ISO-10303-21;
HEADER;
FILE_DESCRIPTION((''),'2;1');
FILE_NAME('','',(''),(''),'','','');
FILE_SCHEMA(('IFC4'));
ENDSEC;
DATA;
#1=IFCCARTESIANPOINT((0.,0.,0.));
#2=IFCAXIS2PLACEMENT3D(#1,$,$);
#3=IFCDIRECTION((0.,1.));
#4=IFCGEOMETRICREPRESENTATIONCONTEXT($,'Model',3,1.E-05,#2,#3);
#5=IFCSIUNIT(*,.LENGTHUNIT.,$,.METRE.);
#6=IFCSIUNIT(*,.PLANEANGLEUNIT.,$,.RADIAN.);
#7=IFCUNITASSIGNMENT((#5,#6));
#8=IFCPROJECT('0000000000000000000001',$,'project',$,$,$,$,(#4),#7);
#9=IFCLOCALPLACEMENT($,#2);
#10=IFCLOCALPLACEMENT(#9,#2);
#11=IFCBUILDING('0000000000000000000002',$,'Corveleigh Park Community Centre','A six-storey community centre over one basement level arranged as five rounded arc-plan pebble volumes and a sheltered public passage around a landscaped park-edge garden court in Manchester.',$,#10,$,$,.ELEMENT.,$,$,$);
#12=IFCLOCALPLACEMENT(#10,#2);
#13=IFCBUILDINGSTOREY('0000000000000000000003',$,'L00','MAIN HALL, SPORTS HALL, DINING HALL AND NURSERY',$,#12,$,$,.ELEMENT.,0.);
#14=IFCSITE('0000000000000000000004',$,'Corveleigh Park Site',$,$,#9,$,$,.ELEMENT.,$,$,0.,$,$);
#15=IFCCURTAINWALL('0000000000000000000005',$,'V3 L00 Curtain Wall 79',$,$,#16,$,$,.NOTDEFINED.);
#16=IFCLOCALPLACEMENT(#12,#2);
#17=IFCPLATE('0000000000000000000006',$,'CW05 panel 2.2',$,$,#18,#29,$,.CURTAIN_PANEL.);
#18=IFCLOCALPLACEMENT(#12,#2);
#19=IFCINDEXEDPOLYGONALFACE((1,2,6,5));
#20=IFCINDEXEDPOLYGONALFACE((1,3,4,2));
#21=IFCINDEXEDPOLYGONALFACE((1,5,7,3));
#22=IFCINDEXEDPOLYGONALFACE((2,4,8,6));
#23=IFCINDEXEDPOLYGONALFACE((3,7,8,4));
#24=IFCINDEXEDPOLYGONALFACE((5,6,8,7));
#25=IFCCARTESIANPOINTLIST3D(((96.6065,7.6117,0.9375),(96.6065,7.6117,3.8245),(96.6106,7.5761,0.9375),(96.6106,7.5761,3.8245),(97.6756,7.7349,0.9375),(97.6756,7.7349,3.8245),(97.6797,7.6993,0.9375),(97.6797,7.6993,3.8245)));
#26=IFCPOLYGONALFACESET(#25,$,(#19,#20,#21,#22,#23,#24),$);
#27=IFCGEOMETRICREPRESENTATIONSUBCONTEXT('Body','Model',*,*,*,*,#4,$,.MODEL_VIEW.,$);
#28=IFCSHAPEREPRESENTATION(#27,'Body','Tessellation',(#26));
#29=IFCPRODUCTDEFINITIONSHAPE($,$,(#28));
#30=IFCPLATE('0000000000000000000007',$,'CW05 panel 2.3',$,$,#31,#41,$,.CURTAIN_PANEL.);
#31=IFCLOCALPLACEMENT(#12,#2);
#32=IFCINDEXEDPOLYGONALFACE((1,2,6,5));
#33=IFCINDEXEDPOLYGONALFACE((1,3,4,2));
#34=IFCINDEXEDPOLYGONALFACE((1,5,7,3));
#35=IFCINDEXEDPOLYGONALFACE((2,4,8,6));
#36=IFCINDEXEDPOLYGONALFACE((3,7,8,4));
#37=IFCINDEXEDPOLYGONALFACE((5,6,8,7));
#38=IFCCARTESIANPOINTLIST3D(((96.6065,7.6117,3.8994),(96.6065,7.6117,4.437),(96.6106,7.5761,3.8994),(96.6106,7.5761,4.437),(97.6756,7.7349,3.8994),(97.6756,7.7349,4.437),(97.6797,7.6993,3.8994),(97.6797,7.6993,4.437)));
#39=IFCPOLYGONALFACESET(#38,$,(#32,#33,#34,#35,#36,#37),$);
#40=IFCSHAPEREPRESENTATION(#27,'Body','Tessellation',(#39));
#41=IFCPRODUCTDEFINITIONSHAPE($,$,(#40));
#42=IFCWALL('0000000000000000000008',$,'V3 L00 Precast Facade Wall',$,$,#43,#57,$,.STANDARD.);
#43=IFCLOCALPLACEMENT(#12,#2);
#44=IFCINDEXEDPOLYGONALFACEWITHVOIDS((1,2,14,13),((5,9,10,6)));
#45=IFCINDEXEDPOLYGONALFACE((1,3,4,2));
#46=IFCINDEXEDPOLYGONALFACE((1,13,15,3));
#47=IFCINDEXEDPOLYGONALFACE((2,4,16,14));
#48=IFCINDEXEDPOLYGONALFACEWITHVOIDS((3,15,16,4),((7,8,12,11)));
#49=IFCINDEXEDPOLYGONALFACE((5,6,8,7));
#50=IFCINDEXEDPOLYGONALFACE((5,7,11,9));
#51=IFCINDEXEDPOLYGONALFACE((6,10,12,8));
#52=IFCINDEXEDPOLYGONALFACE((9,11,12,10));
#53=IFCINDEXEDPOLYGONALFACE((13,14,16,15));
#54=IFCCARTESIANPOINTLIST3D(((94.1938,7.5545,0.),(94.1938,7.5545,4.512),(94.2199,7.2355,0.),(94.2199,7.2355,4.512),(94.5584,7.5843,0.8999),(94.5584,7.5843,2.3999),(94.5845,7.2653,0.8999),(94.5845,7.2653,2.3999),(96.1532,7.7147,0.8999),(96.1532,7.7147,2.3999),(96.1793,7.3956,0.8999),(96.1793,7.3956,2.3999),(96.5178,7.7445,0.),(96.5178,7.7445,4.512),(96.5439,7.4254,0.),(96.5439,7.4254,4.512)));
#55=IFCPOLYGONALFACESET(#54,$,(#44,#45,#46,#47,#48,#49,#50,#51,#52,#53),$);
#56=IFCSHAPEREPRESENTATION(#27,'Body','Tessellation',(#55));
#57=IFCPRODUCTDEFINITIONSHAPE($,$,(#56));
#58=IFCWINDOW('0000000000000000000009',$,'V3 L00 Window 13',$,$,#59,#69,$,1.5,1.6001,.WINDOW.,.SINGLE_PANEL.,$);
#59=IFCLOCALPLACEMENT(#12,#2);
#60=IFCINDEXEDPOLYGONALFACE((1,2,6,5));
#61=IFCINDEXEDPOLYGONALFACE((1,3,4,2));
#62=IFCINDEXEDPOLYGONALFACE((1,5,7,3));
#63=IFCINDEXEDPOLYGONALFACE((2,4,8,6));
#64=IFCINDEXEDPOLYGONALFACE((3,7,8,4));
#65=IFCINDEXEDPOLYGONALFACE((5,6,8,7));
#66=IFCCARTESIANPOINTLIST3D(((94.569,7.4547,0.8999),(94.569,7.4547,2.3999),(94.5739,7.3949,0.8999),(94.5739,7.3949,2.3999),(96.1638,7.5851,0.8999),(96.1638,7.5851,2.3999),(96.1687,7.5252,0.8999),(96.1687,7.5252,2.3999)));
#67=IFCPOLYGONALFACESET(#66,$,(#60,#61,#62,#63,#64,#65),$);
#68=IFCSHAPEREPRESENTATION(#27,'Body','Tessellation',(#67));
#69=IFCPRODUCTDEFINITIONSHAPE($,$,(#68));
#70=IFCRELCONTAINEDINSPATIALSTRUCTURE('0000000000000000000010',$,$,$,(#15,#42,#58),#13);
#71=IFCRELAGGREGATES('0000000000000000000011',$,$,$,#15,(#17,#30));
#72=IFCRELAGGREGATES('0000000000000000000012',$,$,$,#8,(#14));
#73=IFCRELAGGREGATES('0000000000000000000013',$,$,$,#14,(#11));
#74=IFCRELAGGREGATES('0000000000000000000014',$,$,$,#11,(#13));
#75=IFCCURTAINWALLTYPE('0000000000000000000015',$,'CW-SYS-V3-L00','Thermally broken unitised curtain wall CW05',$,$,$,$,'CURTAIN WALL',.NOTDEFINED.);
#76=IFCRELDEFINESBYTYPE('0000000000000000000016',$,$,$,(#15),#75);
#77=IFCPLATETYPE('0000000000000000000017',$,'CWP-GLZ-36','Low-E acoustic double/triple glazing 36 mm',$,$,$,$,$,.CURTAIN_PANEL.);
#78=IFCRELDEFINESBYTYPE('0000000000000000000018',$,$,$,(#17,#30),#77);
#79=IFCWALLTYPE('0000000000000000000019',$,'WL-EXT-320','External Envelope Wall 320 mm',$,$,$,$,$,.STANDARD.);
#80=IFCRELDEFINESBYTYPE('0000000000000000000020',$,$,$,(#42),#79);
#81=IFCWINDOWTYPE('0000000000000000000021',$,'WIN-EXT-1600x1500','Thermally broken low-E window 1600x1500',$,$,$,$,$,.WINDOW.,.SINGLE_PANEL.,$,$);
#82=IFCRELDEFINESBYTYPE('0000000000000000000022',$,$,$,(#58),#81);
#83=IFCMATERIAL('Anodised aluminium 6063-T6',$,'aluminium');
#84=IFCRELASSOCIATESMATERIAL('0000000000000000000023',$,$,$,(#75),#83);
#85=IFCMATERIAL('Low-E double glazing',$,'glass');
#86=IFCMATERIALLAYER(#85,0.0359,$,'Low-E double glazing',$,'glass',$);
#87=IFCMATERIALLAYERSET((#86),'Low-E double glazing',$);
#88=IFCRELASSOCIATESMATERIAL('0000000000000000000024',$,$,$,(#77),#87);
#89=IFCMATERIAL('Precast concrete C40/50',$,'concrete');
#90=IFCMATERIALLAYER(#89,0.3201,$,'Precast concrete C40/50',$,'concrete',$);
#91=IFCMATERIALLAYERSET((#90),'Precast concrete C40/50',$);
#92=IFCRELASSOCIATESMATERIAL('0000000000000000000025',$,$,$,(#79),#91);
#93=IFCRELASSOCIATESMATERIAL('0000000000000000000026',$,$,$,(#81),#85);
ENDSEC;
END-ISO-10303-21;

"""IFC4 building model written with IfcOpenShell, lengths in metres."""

from ifc_helpers import new_model, si_unit, direction, frame, frame_2d, origin, origin_2d, place, context, subcontext, project, spatial, rectangle, extrude, material, layer, layer_set, type_object, element, fill, aggregate, save


model = new_model("IFC4")

# Units and contexts
model_context = context("Model", 3, precision=1e-05, world=origin(), true_north=direction((0.0, 1.0)))
body_context = subcontext(model_context, "Body", "Model", "MODEL_VIEW")
ifc_project = project(units=[si_unit("LENGTHUNIT", "METRE"), si_unit("PLANEANGLEUNIT", "RADIAN")], contexts=[model_context])

# Site, building, storey
site_placement = place(None, origin())
site = spatial("IfcSite", under=ifc_project, at=site_placement, Name="Corveleigh Park Site", CompositionType="ELEMENT", RefElevation=0.0)
building_placement = place(site_placement, origin())
building = spatial("IfcBuilding", under=site, at=building_placement, Name="Corveleigh Park Community Centre", Description="A six-storey community centre over one basement level arranged as five rounded arc-plan pebble volumes and a sheltered public passage around a landscaped park-edge garden court in Manchester.", CompositionType="ELEMENT")
storey_placement = place(building_placement, origin())
storey = spatial("IfcBuildingStorey", under=building, at=storey_placement, Name="L00", Description="MAIN HALL, SPORTS HALL, DINING HALL AND NURSERY", CompositionType="ELEMENT", Elevation=0.0)

# Curtain wall
ifc_material_1 = material(Name="Anodised aluminium 6063-T6", Category="aluminium")
curtain_wall_type = type_object("IfcCurtainWallType", Name="CW-SYS-V3-L00", Description="Thermally broken unitised curtain wall CW05", ElementType="CURTAIN WALL", PredefinedType="NOTDEFINED", material=ifc_material_1)
curtain_wall_1_placement = place(storey_placement, origin())
curtain_wall_1 = element("IfcCurtainWall", 1, at=curtain_wall_1_placement, inside=storey, type_object=curtain_wall_type, Name="V3 L00 Curtain Wall 79", PredefinedType="NOTDEFINED")

# Plates
ifc_material_2 = material(Name="Low-E double glazing", Category="glass")
ifc_layer_1 = layer(ifc_material_2, 0.0359, Name="Low-E double glazing", Category="glass")
ifc_layer_set_1 = layer_set([ifc_layer_1], Name="Low-E double glazing")
plate_type_1 = type_object("IfcPlateType", Name="CWP-GLZ-36", Description="Low-E acoustic double/triple glazing 36 mm", PredefinedType="CURTAIN_PANEL", material=ifc_layer_set_1)
plate_1_placement = place(storey_placement, frame((97.1431, 7.6555, 0.9375), z_axis=(0.0, 0.0, 1.0), x_axis=(-0.993426, -0.114478, 0.0)))
plate_1 = element("IfcPlate", 2, at=plate_1_placement, type_object=plate_type_1, Name="CW05 panel 2.2", PredefinedType="CURTAIN_PANEL", context=body_context, shape_type="SweptSolid", body=[
    extrude(rectangle(XDim=1.0762, YDim=0.0359, at=origin_2d()), origin(), (0.0, 0.0, 1.0), 2.887),
])
plate_2_placement = place(storey_placement, frame((97.1431, 7.6555, 3.8994), z_axis=(0.0, 0.0, 1.0), x_axis=(-0.993426, -0.114478, 0.0)))
plate_2 = element("IfcPlate", 3, at=plate_2_placement, type_object=plate_type_1, Name="CW05 panel 2.3", PredefinedType="CURTAIN_PANEL", context=body_context, shape_type="SweptSolid", body=[
    extrude(rectangle(XDim=1.0762, YDim=0.0359, at=origin_2d()), origin(), (0.0, 0.0, 1.0), 0.5376),
])
aggregate(curtain_wall_1, [plate_1, plate_2])

# Wall, opening, window
ifc_material_3 = material(Name="Precast concrete C40/50", Category="concrete")
ifc_layer_2 = layer(ifc_material_3, 0.3201, Name="Precast concrete C40/50", Category="concrete")
ifc_layer_set_2 = layer_set([ifc_layer_2], Name="Precast concrete C40/50")
wall_type = type_object("IfcWallType", Name="WL-EXT-320", Description="External Envelope Wall 320 mm", PredefinedType="STANDARD", material=ifc_layer_set_2)
wall_placement = place(storey_placement, frame((96.531, 7.585, 0.0), z_axis=(0.0, 0.0, 1.0), x_axis=(-0.996677, -0.08146, 0.0)))
wall = element("IfcWall", 4, at=wall_placement, inside=storey, type_object=wall_type, Name="V3 L00 Precast Facade Wall", PredefinedType="STANDARD", context=body_context, shape_type="SweptSolid", body=[
    extrude(rectangle(XDim=2.3318, YDim=0.3201, at=frame_2d((1.166, 0.0))), origin(), (0.0, 0.0, 1.0), 4.512),
])
opening_placement = place(wall_placement, frame((0.366, 0.0, 0.8999)))
opening = element("IfcOpeningElement", 5, at=opening_placement, cuts=wall, PredefinedType="OPENING", context=body_context, shape_type="SweptSolid", body=[
    extrude(rectangle(XDim=1.6001, YDim=1.5, at=frame_2d((0.8, 0.75))), frame((0.0, 0.1699, 0.0), z_axis=(0.0, -1.0, 0.0), x_axis=(1.0, 0.0, 0.0)), (0.0, 0.0, 1.0), 0.3401),
])
window_type = type_object("IfcWindowType", Name="WIN-EXT-1600x1500", Description="Thermally broken low-E window 1600x1500", PartitioningType="SINGLE_PANEL", PredefinedType="WINDOW", material=ifc_material_2)
window_placement = place(opening_placement, origin())
window = element("IfcWindow", 6, at=window_placement, inside=storey, type_object=window_type, Name="V3 L00 Window 13", OverallHeight=1.5, OverallWidth=1.6001, PartitioningType="SINGLE_PANEL", PredefinedType="WINDOW", context=body_context, shape_type="SweptSolid", body=[
    extrude(rectangle(XDim=1.6001, YDim=1.5, at=frame_2d((0.8, 0.75))), frame((0.0, 0.03, 0.0), z_axis=(0.0, -1.0, 0.0), x_axis=(1.0, 0.0, 0.0)), (0.0, 0.0, 1.0), 0.0601),
])
fill(opening, window)

save(model, "model.ifc")
